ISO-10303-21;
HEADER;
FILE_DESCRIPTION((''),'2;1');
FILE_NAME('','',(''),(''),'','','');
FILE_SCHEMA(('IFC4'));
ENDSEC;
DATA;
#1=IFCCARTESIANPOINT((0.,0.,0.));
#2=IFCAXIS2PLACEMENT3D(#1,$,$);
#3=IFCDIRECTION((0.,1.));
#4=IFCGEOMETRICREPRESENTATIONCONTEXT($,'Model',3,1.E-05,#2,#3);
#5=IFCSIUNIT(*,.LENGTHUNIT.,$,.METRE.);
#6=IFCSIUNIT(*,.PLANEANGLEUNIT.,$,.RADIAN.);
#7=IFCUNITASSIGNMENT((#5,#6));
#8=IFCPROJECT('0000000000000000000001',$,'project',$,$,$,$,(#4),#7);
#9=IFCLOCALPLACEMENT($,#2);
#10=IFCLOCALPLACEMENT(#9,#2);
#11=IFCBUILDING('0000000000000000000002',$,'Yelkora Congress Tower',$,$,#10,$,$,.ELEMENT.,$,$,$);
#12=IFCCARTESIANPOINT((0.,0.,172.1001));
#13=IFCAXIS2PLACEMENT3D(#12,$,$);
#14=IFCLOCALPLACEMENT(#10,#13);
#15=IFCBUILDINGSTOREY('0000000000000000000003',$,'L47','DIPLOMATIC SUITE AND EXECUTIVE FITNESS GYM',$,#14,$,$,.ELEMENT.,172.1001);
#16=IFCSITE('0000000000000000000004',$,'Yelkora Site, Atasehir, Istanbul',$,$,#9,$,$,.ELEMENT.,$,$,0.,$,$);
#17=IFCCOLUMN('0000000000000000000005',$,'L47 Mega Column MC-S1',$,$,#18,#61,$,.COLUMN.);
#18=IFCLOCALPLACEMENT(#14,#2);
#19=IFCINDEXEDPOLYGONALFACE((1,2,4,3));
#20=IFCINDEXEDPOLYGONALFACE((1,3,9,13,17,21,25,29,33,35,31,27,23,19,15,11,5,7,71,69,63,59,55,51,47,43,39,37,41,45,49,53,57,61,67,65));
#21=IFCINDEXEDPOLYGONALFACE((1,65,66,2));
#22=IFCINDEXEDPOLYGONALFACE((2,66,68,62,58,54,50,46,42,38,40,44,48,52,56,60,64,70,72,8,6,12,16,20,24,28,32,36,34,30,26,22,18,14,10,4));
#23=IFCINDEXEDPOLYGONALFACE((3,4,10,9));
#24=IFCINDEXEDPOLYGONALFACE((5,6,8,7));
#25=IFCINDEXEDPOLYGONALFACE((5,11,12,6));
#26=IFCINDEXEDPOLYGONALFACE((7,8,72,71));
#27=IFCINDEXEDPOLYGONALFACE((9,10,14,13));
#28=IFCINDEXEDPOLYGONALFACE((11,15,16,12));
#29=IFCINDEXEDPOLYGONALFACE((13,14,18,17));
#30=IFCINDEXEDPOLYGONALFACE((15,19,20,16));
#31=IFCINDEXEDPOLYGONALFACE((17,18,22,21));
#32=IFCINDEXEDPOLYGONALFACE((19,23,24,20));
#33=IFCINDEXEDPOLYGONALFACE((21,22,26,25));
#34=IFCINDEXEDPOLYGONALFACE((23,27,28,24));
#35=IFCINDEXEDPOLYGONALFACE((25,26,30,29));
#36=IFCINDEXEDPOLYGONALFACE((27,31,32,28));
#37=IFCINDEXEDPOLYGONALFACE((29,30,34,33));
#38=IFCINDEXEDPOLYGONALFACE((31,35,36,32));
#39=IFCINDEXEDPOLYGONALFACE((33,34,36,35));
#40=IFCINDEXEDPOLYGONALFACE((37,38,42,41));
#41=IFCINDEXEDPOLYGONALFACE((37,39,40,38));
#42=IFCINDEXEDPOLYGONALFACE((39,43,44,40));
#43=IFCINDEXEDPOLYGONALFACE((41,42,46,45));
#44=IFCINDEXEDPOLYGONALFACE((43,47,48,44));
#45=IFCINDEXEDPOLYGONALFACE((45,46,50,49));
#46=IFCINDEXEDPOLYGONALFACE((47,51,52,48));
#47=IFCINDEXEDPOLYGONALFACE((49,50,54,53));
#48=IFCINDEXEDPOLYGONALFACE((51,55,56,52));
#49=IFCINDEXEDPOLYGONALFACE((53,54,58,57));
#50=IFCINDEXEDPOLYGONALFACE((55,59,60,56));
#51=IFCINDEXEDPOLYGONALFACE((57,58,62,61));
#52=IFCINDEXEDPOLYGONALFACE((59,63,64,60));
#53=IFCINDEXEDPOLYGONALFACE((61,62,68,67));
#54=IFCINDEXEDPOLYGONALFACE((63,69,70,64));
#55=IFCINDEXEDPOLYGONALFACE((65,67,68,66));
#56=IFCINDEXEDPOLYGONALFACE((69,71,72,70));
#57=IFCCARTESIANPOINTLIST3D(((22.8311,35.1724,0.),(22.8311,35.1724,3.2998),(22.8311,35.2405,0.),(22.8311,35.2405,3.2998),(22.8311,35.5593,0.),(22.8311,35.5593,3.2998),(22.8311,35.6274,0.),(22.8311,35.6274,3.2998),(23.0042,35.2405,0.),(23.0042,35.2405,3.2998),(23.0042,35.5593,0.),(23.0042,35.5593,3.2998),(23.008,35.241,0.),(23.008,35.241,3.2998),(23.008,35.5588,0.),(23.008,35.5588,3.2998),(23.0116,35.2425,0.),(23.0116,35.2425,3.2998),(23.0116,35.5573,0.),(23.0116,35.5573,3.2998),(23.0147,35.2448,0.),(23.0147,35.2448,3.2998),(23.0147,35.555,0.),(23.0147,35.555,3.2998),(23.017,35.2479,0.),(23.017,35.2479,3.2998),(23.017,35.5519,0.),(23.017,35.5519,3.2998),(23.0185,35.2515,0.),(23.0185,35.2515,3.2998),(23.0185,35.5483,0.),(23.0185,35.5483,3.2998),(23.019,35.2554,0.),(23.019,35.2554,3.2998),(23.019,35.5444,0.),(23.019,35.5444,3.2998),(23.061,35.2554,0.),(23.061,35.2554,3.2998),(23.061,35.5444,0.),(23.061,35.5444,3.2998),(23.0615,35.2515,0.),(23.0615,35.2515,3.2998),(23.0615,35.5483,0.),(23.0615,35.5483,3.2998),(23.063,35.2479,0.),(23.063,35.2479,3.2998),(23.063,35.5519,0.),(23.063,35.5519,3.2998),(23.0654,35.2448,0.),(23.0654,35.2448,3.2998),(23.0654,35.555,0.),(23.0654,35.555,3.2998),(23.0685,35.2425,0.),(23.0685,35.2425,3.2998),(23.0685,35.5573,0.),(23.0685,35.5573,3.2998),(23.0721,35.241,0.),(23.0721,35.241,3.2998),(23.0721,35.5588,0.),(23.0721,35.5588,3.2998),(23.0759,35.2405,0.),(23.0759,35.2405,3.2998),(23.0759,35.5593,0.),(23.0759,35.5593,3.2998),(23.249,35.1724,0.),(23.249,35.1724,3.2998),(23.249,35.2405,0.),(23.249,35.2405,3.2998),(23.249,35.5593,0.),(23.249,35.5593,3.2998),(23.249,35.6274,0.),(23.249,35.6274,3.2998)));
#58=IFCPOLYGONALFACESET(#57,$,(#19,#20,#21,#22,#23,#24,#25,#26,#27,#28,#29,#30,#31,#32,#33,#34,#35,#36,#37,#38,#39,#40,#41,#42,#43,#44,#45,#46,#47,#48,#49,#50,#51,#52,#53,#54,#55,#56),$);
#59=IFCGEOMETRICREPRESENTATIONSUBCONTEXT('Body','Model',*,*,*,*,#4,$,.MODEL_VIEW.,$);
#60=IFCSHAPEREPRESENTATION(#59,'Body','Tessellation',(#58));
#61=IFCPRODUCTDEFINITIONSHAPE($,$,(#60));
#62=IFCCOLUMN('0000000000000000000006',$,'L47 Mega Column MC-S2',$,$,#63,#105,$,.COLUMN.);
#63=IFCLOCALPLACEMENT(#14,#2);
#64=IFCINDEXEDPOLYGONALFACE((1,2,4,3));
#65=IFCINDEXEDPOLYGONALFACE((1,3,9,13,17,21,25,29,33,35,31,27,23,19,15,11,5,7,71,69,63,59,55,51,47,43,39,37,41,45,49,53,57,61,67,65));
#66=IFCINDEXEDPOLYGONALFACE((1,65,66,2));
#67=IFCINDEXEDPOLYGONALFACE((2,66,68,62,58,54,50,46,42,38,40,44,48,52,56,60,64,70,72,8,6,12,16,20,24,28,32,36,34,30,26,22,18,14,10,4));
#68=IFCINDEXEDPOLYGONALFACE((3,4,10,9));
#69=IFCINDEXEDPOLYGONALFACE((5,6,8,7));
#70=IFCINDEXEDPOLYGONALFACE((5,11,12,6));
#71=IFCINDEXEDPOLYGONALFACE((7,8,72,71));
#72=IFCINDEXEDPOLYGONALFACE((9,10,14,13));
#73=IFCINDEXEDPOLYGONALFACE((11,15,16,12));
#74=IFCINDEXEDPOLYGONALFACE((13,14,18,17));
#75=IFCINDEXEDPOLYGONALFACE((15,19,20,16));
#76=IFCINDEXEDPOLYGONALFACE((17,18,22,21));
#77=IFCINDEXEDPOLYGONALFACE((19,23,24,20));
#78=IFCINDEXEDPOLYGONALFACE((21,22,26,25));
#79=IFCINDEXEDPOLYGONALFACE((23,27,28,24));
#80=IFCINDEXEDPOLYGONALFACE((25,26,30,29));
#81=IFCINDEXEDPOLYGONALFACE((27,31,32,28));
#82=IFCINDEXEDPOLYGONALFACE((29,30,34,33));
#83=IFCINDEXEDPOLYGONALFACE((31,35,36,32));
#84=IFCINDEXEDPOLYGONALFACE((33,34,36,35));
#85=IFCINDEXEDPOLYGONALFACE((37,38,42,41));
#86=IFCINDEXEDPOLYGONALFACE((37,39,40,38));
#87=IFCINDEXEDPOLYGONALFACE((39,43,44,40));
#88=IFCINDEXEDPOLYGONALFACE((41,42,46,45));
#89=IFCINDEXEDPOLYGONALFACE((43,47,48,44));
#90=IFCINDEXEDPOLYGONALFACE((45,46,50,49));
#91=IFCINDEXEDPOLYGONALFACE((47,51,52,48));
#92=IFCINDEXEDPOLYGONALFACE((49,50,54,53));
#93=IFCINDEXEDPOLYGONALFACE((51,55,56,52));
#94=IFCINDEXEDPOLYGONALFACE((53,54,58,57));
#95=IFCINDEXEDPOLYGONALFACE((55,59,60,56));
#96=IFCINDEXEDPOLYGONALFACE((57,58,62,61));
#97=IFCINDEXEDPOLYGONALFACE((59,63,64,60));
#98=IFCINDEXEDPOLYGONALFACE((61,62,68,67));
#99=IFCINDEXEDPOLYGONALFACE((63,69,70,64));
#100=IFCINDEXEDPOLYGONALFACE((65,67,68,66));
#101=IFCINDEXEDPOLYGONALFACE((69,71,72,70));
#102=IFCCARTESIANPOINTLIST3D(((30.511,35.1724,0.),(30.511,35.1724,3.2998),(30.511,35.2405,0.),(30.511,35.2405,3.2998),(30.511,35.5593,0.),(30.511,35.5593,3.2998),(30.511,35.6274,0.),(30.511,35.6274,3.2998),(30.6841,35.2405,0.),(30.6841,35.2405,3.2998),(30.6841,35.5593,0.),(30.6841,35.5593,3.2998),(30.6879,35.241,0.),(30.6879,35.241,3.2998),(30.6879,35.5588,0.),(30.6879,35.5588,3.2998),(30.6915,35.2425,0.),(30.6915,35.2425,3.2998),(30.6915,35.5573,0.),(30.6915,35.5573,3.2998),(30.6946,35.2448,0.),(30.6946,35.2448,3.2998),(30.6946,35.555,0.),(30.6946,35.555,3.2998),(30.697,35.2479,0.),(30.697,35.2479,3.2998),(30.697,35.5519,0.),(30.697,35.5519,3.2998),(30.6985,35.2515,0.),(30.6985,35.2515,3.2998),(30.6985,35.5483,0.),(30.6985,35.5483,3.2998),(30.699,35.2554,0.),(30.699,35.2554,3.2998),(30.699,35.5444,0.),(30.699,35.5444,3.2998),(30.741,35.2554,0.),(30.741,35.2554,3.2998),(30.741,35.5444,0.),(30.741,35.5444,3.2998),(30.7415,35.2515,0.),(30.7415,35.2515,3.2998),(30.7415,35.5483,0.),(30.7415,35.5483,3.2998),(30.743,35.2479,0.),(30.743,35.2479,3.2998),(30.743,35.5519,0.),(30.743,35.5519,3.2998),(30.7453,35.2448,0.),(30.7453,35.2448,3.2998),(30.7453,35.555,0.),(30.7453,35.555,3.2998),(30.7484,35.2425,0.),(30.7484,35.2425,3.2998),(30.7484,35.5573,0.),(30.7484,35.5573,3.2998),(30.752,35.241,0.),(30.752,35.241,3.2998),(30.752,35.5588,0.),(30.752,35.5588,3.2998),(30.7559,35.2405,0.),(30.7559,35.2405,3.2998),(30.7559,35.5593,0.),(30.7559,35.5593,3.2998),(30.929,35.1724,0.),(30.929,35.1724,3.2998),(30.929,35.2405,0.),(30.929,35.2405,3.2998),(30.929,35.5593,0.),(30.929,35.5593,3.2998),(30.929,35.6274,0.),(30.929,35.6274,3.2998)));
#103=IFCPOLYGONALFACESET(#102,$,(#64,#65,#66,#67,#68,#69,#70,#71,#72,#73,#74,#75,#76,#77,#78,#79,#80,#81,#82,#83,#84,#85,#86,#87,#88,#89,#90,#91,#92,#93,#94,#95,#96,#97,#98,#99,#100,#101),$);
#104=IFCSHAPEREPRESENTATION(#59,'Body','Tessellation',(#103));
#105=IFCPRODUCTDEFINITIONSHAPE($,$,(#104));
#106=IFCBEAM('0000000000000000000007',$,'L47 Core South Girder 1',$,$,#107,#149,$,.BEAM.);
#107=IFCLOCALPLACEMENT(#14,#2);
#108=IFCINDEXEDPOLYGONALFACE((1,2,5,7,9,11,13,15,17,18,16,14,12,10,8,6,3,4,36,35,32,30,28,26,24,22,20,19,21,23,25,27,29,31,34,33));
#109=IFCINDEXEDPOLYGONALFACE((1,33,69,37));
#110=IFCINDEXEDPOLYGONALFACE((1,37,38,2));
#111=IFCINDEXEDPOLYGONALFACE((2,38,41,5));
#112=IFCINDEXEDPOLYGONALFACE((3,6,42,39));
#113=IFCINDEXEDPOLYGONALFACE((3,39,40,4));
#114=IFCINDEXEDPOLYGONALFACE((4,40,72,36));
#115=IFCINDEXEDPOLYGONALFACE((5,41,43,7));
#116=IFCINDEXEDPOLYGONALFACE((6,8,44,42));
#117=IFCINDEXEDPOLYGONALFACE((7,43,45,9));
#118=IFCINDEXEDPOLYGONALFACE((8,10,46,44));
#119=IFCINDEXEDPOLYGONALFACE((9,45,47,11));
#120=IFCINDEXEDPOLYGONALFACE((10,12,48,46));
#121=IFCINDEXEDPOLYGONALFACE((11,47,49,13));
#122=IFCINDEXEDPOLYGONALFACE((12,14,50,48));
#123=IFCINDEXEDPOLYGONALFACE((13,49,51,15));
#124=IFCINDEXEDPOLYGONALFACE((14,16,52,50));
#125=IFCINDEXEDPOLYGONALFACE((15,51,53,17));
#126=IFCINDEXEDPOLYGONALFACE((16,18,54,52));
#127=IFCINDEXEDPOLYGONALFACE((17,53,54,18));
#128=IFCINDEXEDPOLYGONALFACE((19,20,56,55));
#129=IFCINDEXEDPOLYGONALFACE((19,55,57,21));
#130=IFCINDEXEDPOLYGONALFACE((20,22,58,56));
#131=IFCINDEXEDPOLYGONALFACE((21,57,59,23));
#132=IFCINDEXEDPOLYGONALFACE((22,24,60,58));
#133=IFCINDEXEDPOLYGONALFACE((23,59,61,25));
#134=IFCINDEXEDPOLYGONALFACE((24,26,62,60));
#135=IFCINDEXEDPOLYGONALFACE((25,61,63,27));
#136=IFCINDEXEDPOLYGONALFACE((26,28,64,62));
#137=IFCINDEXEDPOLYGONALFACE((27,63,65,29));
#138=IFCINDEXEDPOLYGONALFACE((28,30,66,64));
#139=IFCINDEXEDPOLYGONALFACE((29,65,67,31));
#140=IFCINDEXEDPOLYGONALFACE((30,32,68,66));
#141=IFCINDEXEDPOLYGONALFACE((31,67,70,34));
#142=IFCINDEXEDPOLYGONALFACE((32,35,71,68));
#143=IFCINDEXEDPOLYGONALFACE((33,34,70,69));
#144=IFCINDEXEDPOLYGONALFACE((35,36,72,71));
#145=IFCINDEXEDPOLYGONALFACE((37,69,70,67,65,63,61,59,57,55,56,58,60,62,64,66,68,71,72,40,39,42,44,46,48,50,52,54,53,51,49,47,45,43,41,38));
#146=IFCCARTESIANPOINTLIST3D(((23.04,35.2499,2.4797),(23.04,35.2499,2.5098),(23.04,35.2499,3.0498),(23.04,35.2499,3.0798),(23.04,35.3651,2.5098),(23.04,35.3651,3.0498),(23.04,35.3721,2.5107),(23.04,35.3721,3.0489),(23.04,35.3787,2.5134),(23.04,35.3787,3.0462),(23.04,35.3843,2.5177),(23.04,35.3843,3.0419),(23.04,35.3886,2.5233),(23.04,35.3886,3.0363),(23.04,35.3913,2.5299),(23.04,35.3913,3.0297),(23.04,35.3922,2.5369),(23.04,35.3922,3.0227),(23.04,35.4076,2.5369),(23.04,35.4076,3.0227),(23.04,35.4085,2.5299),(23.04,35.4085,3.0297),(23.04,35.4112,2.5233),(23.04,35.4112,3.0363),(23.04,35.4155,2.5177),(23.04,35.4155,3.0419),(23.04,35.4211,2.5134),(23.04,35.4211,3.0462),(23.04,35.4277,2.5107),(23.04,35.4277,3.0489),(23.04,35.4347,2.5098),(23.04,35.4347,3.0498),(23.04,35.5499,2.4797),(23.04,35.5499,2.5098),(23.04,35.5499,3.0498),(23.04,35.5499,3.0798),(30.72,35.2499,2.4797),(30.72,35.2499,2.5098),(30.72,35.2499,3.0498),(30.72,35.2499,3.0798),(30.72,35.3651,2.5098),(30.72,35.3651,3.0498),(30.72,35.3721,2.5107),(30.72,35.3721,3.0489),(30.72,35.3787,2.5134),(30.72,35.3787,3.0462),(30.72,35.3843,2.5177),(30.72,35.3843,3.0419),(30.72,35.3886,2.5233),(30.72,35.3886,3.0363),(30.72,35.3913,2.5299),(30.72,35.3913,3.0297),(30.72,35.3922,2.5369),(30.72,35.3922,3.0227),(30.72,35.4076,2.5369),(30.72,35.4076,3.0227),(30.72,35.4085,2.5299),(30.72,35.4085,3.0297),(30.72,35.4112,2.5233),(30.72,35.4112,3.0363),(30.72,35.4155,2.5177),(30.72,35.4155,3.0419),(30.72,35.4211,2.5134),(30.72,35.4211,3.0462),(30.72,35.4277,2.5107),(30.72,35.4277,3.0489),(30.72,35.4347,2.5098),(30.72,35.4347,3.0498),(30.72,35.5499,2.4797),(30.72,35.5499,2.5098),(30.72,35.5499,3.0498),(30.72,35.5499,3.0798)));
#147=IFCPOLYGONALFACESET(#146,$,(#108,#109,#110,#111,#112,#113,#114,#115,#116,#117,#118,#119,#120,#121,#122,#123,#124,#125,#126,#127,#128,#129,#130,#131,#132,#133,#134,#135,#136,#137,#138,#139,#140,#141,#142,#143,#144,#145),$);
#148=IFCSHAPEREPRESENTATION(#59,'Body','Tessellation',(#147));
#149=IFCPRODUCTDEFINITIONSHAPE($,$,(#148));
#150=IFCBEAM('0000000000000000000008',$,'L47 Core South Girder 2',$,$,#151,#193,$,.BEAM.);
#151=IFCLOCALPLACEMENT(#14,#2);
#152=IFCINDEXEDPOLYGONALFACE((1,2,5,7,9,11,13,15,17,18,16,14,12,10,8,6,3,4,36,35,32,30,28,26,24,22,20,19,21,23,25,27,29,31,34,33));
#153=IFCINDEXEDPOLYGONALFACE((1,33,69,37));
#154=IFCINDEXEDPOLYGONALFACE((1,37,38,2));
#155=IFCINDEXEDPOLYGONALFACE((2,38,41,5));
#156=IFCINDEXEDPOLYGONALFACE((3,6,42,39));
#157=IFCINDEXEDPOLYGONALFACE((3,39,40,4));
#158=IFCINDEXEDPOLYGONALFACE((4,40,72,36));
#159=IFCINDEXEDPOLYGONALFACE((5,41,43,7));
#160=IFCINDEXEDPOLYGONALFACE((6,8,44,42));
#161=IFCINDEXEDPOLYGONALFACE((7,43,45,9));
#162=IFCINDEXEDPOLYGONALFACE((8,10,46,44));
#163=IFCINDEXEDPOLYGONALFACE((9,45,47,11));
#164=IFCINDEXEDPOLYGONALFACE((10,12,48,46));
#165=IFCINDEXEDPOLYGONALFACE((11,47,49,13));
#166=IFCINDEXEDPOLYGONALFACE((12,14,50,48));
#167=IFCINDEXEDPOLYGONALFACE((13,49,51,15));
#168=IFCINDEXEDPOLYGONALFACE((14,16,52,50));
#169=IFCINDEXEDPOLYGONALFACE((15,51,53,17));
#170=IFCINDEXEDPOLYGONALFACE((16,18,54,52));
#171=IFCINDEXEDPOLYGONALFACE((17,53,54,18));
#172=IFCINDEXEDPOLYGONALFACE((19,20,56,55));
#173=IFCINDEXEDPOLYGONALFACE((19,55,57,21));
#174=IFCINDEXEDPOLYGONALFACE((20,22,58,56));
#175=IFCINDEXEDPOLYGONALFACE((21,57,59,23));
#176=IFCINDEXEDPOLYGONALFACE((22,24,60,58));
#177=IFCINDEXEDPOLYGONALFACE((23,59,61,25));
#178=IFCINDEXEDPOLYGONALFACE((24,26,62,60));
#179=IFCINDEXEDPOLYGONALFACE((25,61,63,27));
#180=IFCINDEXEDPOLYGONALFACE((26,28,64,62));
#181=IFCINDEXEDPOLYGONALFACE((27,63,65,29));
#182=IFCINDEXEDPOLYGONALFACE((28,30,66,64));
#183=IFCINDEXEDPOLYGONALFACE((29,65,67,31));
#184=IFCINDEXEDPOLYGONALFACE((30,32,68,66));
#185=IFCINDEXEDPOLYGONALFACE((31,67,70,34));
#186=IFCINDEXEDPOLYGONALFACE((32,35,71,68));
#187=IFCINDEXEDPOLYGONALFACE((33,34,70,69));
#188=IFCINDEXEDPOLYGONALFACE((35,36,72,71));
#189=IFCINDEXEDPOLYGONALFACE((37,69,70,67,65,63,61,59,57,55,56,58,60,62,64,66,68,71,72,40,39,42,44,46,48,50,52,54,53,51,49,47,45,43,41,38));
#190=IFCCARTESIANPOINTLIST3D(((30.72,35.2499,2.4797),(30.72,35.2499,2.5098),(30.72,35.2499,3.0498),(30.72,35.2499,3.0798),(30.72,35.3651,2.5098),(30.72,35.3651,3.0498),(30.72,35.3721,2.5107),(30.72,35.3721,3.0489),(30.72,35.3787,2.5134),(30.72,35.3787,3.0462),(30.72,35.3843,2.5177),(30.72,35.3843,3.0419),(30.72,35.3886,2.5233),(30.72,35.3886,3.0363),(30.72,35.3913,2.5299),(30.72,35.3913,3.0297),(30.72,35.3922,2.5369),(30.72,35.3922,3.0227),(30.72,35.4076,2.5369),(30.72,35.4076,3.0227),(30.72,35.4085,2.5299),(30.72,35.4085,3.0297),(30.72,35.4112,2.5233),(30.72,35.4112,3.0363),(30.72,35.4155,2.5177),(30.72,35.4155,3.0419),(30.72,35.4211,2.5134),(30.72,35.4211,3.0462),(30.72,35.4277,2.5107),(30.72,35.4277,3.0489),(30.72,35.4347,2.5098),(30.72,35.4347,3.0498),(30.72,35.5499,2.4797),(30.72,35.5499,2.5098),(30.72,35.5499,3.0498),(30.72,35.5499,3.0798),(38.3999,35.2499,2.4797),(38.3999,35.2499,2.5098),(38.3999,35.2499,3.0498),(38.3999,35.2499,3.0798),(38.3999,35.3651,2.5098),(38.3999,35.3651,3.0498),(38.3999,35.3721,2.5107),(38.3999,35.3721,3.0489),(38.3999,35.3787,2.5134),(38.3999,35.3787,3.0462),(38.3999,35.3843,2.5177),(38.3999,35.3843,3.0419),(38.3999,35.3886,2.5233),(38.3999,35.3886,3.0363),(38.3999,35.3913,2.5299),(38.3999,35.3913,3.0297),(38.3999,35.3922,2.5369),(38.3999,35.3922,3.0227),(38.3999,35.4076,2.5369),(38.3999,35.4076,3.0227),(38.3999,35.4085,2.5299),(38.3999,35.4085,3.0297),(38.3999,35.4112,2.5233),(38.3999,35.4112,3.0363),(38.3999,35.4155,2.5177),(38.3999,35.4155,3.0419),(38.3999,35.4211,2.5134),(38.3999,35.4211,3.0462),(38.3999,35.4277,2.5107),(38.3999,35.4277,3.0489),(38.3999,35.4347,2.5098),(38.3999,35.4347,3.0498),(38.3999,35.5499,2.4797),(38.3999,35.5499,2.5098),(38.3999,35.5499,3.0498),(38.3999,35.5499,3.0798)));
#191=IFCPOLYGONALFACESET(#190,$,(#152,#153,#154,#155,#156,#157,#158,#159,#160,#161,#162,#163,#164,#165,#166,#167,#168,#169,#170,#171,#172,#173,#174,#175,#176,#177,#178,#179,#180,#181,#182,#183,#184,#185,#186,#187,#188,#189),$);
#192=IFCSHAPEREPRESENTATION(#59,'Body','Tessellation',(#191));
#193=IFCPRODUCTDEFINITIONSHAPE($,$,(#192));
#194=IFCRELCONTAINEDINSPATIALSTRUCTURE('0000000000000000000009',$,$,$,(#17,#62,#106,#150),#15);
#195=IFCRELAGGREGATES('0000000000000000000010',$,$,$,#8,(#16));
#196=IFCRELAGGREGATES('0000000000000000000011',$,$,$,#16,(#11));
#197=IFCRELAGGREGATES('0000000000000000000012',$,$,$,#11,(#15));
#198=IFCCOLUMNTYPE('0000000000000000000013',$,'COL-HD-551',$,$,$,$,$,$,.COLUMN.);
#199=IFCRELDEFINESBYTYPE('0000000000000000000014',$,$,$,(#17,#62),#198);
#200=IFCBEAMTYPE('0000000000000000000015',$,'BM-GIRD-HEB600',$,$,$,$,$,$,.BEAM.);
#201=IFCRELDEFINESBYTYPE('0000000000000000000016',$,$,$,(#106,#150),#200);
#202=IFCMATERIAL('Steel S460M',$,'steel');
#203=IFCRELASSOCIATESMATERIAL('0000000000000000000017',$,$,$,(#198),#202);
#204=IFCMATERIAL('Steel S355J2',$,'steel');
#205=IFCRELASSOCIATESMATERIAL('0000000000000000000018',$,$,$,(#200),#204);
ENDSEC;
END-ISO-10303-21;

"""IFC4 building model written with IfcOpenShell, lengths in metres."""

from ifc_helpers import new_model, si_unit, direction, frame, origin, origin_2d, place, context, subcontext, project, spatial, i_section, extrude, material, material_profile, profile_set, type_object, element, save


model = new_model("IFC4")

# Units and contexts
model_context = context("Model", 3, precision=1e-05, world=origin(), true_north=direction((0.0, 1.0)))
body_context = subcontext(model_context, "Body", "Model", "MODEL_VIEW")
ifc_project = project(units=[si_unit("LENGTHUNIT", "METRE"), si_unit("PLANEANGLEUNIT", "RADIAN")], contexts=[model_context])

# Site, building, storey
site_placement = place(None, origin())
site = spatial("IfcSite", under=ifc_project, at=site_placement, Name="Yelkora Site, Atasehir, Istanbul", CompositionType="ELEMENT", RefElevation=0.0)
building_placement = place(site_placement, origin())
building = spatial("IfcBuilding", under=site, at=building_placement, Name="Yelkora Congress Tower", CompositionType="ELEMENT")
storey_placement = place(building_placement, frame((0.0, 0.0, 172.1001)))
storey = spatial("IfcBuildingStorey", under=building, at=storey_placement, Name="L47", Description="DIPLOMATIC SUITE AND EXECUTIVE FITNESS GYM", CompositionType="ELEMENT", Elevation=172.1001)

# Columns
ifc_material_1 = material(Name="Steel S460M", Category="steel")
ifc_material_profile_1 = material_profile(ifc_material_1, i_section(OverallWidth=0.418, OverallDepth=0.4551, WebThickness=0.042, FlangeThickness=0.0681, FilletRadius=0.0149, at=origin_2d()), Name="HD 400x551")
ifc_profile_set_1 = profile_set([ifc_material_profile_1], Name="Steel S460M")
column_type = type_object("IfcColumnType", Name="COL-HD-551", PredefinedType="COLUMN", material=ifc_profile_set_1)
for number, where, z_axis, x_axis, name in (
    (1, (23.04, 35.3999, 0.0), (0.0, 0.0, 1.0), (1.0, 0.0, 0.0), "L47 Mega Column MC-S1"),
    (2, (30.72, 35.3999, 0.0), (0.0, 0.0, 1.0), (1.0, 0.0, 0.0), "L47 Mega Column MC-S2"),
):
    element("IfcColumn", number, at=place(storey_placement, frame(where, z_axis=z_axis, x_axis=x_axis)), inside=storey, type_object=column_type, Name=name, PredefinedType="COLUMN", context=body_context, shape_type="SweptSolid", body=[
        extrude(i_section(OverallWidth=0.418, OverallDepth=0.4551, WebThickness=0.042, FlangeThickness=0.0681, FilletRadius=0.0149, at=origin_2d()), origin(), (0.0, 0.0, 1.0), 3.2998),
    ])

# Beams
ifc_material_2 = material(Name="Steel S355J2", Category="steel")
ifc_material_profile_2 = material_profile(ifc_material_2, i_section(OverallWidth=0.3, OverallDepth=0.6001, WebThickness=0.0154, FlangeThickness=0.03, FilletRadius=0.0271, at=origin_2d()), Name="HEB 600")
ifc_profile_set_2 = profile_set([ifc_material_profile_2], Name="Steel S355J2")
beam_type_1 = type_object("IfcBeamType", Name="BM-GIRD-HEB600", PredefinedType="BEAM", material=ifc_profile_set_2)
for number, where, z_axis, x_axis, name in (
    (3, (23.04, 35.3999, 2.7798), (1.0, 0.0, 0.0), (0.0, 1.0, 0.0), "L47 Core South Girder 1"),
    (4, (30.72, 35.3999, 2.7798), (1.0, 0.0, 0.0), (0.0, 1.0, 0.0), "L47 Core South Girder 2"),
):
    element("IfcBeam", number, at=place(storey_placement, frame(where, z_axis=z_axis, x_axis=x_axis)), inside=storey, type_object=beam_type_1, Name=name, PredefinedType="BEAM", context=body_context, shape_type="SweptSolid", body=[
        extrude(i_section(OverallWidth=0.3, OverallDepth=0.6001, WebThickness=0.0154, FlangeThickness=0.03, FilletRadius=0.0271, at=origin_2d()), origin(), (0.0, 0.0, 1.0), 7.6799),
    ])

save(model, "model.ifc")
